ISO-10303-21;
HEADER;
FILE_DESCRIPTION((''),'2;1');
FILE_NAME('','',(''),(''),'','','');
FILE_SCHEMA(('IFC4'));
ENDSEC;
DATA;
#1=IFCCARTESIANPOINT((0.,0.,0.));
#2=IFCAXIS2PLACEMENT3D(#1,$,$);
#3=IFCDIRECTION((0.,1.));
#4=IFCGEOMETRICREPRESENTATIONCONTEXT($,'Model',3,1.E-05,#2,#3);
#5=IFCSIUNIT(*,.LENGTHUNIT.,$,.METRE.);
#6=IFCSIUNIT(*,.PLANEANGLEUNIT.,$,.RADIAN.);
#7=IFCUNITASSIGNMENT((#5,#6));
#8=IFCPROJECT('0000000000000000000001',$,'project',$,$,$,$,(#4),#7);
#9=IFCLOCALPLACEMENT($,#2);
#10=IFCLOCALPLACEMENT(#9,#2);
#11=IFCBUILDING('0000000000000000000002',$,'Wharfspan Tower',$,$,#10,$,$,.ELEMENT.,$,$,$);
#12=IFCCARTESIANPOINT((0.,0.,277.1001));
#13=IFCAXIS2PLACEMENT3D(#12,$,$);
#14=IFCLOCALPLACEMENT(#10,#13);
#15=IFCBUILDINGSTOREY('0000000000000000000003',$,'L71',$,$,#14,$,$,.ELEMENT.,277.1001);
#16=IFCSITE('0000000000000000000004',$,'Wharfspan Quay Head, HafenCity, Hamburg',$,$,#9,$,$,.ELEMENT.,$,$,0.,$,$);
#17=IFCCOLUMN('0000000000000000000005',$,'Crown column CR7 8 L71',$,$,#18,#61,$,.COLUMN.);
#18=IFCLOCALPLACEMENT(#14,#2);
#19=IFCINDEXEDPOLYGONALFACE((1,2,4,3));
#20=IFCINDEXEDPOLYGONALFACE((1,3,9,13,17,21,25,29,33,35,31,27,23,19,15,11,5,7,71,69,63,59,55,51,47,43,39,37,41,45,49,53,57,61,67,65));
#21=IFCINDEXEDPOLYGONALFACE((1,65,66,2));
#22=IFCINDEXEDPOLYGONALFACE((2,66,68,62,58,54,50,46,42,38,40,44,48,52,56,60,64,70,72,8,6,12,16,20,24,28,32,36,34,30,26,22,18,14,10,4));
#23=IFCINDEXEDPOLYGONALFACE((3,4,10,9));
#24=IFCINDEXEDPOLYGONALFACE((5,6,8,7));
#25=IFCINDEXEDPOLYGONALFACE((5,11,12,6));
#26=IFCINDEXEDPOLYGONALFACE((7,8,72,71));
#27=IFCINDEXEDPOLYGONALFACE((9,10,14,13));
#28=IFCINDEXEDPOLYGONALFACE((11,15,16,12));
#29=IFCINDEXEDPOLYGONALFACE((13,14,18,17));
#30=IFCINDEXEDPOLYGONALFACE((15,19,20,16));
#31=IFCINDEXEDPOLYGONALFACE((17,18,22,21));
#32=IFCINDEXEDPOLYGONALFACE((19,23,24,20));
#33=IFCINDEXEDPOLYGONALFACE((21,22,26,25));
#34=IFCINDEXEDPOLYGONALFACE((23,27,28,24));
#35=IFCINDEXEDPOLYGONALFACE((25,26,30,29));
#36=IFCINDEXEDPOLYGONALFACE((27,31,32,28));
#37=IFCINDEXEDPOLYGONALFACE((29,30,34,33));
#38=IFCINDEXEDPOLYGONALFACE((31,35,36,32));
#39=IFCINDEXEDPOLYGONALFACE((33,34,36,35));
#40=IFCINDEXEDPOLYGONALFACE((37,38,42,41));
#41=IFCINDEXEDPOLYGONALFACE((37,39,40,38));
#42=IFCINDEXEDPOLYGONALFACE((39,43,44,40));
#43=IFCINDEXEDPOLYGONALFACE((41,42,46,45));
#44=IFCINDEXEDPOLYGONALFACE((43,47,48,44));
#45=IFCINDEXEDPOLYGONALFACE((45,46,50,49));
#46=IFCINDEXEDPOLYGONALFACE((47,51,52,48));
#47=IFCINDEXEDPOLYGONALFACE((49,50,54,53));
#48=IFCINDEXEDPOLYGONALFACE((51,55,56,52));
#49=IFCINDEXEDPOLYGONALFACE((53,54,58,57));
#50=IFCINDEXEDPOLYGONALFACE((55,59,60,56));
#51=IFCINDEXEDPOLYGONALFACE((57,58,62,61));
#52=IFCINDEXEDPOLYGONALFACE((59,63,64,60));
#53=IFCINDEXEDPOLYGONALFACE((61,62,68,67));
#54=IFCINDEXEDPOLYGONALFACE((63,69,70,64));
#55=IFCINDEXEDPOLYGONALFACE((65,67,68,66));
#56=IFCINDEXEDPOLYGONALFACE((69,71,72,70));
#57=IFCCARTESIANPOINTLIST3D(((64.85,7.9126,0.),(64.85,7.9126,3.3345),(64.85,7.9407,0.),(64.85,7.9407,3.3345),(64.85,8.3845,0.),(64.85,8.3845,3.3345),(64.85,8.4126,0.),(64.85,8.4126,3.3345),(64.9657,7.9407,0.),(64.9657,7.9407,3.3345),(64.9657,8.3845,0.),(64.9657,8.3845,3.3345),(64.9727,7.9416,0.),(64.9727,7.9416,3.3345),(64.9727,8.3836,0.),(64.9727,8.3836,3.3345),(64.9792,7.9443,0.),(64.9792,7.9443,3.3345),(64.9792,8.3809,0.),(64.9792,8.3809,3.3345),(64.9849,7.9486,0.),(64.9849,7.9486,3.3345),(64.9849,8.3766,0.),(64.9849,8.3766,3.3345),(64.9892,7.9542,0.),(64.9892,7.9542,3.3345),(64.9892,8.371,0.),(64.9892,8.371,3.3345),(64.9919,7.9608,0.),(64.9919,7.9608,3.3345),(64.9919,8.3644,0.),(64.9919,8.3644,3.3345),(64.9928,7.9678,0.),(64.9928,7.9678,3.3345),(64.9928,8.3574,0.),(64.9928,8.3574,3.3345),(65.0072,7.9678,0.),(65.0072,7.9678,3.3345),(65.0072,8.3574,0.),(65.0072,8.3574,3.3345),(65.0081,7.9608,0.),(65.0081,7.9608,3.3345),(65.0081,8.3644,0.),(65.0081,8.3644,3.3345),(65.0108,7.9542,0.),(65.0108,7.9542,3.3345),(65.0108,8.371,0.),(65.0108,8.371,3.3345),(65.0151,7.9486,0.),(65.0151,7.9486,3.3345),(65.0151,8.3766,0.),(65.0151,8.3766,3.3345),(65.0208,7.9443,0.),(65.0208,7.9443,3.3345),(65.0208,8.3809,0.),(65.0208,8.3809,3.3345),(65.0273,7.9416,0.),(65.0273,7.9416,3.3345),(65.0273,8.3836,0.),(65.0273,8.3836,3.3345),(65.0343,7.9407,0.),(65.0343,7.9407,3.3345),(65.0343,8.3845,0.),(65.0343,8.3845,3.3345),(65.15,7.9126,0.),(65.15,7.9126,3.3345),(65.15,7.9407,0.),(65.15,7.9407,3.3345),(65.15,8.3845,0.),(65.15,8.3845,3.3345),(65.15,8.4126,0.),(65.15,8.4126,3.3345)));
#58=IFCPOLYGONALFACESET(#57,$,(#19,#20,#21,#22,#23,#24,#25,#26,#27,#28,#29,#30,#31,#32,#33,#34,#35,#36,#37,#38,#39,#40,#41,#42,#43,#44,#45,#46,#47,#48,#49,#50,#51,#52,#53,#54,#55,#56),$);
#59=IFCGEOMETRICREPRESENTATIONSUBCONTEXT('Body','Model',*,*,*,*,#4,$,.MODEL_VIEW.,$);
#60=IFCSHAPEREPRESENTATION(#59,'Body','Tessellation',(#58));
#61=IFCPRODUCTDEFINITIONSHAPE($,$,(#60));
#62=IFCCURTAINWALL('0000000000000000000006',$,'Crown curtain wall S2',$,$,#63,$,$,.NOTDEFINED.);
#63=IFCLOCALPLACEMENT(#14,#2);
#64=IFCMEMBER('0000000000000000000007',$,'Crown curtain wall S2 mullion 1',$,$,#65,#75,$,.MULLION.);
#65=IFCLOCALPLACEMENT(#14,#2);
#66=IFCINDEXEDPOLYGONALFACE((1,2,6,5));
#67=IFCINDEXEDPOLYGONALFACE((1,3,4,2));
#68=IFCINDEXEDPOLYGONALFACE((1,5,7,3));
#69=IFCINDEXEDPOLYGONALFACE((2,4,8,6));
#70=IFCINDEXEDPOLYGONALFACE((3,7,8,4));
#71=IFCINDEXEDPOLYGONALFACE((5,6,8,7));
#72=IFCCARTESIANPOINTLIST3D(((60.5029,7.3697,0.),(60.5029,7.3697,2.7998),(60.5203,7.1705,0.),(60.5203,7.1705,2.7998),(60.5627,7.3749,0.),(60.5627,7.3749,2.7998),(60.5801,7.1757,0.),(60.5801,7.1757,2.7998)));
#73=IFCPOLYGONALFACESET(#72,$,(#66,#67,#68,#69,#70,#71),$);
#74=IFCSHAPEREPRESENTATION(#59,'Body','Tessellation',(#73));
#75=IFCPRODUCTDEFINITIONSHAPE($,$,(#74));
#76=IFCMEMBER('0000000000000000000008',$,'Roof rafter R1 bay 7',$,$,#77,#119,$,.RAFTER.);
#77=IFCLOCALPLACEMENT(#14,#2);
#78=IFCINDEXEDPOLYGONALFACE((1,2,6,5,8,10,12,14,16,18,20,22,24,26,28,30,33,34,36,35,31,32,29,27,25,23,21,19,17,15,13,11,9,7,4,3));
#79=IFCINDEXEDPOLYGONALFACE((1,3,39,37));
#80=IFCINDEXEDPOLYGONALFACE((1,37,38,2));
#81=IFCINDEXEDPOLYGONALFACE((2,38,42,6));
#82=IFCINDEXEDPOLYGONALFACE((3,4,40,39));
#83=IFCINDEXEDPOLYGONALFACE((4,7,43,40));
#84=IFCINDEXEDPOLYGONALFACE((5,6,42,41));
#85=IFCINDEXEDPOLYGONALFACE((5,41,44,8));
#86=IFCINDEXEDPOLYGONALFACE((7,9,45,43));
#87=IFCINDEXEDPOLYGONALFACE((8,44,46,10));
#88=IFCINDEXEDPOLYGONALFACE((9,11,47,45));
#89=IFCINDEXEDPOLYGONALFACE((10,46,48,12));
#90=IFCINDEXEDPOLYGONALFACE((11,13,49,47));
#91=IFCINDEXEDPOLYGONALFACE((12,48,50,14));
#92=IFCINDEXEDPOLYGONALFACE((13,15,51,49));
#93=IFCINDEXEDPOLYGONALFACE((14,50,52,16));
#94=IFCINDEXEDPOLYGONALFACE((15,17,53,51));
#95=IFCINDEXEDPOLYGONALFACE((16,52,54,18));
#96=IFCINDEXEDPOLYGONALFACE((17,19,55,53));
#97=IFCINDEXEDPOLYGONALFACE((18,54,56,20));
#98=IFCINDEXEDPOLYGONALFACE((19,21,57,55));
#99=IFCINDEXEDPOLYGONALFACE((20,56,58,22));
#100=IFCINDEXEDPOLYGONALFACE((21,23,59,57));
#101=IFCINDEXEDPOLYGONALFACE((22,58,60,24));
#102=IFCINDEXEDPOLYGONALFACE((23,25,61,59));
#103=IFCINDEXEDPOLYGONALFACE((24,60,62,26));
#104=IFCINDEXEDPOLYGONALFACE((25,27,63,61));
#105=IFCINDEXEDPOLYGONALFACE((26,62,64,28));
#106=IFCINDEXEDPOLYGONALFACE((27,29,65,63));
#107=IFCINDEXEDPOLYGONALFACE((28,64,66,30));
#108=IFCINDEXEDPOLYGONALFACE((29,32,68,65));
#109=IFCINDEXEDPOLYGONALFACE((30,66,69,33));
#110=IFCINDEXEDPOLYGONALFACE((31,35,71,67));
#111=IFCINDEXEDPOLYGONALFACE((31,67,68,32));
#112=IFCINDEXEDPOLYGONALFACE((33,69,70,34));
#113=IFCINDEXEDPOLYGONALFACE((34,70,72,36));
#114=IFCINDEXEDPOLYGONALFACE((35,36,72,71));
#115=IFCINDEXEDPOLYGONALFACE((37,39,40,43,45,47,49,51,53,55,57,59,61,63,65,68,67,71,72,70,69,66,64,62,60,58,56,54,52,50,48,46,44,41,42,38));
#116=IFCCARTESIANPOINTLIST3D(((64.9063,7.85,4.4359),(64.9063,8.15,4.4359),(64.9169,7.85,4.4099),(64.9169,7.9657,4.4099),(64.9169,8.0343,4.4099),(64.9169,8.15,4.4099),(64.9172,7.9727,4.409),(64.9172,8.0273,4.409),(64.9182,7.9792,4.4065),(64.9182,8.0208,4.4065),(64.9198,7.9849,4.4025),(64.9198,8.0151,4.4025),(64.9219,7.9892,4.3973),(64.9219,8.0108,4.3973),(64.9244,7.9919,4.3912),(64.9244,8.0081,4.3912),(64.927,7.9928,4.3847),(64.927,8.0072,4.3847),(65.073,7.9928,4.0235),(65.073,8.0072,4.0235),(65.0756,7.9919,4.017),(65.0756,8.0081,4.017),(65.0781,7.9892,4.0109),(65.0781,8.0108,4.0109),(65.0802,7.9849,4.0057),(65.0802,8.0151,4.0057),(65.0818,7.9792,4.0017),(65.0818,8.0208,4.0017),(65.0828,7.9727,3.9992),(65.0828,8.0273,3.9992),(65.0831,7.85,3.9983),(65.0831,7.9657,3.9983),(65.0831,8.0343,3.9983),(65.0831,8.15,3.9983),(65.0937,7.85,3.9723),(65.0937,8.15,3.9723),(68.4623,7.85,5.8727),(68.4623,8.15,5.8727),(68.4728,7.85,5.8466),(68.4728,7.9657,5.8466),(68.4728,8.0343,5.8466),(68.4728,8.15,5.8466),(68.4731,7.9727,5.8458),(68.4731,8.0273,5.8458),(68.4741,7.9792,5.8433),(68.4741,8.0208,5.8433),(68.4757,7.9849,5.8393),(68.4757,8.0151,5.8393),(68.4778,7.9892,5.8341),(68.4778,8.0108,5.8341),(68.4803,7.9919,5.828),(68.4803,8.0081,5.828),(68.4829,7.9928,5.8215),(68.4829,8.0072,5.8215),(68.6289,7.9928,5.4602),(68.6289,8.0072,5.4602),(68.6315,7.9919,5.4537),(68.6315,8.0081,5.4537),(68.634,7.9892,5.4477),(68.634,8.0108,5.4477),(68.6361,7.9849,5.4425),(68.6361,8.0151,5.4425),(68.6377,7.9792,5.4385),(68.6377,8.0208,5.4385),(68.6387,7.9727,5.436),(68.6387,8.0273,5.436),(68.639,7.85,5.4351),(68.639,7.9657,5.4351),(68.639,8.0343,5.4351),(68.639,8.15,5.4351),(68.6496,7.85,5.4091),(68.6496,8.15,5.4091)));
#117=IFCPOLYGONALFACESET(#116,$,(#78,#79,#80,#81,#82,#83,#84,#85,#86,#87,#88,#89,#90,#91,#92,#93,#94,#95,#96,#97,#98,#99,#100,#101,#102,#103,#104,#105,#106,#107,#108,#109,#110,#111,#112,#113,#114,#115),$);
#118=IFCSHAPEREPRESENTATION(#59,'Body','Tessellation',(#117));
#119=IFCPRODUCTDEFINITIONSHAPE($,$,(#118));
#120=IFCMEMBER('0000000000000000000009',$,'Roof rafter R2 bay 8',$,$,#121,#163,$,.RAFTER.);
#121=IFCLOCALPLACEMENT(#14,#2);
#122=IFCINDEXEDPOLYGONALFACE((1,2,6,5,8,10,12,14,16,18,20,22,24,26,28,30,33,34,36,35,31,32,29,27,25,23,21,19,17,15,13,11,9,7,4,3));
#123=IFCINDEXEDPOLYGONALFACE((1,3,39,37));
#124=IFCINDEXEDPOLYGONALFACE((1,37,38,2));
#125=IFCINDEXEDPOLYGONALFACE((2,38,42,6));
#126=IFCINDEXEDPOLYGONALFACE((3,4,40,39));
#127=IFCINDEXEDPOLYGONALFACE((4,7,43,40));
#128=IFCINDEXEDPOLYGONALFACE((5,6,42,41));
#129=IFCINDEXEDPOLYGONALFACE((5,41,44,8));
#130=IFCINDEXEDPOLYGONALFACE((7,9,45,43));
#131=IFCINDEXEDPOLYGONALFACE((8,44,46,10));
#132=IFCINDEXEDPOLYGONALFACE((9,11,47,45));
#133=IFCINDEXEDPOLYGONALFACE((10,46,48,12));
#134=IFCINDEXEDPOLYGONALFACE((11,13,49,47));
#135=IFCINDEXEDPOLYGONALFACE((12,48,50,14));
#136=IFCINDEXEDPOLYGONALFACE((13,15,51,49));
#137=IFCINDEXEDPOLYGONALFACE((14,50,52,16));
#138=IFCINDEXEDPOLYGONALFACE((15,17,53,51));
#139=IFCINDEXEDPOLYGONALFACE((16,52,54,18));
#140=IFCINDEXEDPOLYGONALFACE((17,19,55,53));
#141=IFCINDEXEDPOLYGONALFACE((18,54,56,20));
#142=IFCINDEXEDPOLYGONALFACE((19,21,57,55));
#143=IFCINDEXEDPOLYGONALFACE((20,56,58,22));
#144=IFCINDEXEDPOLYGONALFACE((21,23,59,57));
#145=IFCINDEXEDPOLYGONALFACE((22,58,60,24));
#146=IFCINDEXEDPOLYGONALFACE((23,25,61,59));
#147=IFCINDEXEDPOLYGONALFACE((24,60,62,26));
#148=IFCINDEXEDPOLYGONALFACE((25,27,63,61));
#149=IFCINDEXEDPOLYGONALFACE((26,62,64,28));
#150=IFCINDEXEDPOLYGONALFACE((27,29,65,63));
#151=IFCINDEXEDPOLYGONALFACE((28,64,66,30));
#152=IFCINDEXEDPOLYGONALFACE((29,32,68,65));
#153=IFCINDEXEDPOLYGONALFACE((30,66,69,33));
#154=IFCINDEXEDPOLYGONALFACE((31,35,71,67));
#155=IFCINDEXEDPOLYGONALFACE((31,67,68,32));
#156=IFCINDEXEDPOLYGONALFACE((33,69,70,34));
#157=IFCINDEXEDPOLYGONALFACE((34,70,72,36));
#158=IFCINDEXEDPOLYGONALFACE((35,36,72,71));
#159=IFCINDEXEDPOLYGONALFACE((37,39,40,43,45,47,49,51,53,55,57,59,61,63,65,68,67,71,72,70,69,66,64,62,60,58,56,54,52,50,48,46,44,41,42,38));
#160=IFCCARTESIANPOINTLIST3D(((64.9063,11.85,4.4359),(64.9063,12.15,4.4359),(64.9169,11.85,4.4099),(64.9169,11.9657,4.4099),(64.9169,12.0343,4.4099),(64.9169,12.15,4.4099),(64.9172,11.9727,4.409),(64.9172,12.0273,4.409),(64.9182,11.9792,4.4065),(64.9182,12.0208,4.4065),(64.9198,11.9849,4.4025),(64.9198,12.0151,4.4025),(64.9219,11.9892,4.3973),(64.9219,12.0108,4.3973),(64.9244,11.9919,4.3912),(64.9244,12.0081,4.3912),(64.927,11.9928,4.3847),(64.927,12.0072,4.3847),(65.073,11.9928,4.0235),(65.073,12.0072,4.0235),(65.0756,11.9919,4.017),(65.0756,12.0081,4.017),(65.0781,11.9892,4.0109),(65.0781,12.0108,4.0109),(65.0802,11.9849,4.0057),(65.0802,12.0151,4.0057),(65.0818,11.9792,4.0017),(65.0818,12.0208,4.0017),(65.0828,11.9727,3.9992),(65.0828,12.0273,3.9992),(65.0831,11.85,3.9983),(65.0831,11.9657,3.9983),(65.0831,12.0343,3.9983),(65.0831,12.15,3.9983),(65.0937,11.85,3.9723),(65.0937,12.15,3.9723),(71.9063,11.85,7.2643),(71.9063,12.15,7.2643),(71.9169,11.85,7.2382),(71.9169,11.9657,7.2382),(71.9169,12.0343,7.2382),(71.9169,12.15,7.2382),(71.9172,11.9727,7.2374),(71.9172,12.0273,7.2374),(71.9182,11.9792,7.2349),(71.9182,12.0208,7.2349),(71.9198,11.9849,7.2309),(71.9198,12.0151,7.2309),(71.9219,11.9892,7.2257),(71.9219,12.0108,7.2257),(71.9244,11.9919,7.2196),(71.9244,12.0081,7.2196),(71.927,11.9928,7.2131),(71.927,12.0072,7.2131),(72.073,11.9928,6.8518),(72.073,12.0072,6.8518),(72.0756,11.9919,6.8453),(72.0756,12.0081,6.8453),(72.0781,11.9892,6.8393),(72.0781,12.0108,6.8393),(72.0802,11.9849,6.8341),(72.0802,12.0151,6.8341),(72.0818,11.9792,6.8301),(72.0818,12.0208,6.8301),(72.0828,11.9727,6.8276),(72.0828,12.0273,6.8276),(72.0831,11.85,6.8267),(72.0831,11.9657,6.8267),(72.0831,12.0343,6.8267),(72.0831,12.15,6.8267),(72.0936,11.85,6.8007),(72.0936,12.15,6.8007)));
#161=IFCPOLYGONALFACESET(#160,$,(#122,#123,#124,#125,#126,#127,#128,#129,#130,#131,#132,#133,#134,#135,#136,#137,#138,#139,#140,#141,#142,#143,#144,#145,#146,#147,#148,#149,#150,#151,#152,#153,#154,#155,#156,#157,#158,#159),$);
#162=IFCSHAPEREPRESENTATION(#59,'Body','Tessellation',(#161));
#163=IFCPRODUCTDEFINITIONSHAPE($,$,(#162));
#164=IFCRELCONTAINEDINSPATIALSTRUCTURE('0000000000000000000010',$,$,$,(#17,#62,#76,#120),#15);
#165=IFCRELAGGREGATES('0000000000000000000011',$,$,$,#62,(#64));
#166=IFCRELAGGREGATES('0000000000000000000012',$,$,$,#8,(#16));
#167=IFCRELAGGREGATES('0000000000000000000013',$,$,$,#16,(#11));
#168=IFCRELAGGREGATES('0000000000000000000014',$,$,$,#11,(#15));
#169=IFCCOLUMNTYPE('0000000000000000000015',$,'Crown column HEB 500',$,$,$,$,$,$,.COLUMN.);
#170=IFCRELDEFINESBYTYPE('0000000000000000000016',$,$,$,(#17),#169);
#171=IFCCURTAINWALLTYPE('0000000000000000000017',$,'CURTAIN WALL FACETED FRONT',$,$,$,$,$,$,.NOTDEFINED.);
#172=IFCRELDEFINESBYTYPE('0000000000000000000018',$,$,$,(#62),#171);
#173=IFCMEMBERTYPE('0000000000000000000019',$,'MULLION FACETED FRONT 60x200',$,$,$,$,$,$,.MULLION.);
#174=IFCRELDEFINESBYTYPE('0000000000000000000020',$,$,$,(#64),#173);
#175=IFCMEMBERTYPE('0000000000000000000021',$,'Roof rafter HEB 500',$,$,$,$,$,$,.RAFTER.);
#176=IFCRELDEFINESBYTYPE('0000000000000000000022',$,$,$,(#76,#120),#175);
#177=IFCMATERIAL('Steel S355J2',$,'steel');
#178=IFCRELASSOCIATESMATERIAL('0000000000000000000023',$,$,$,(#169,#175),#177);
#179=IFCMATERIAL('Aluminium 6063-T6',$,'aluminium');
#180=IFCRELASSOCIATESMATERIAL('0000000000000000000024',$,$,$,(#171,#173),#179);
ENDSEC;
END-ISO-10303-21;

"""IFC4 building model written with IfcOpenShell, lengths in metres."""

from ifc_helpers import new_model, si_unit, direction, frame, origin, origin_2d, place, context, subcontext, project, spatial, rectangle, i_section, extrude, material, material_profile, profile_set, type_object, element, aggregate, save


model = new_model("IFC4")

# Units and contexts
model_context = context("Model", 3, precision=1e-05, world=origin(), true_north=direction((0.0, 1.0)))
body_context = subcontext(model_context, "Body", "Model", "MODEL_VIEW")
ifc_project = project(units=[si_unit("LENGTHUNIT", "METRE"), si_unit("PLANEANGLEUNIT", "RADIAN")], contexts=[model_context])

# Site, building, storey
site_placement = place(None, origin())
site = spatial("IfcSite", under=ifc_project, at=site_placement, Name="Wharfspan Quay Head, HafenCity, Hamburg", CompositionType="ELEMENT", RefElevation=0.0)
building_placement = place(site_placement, origin())
building = spatial("IfcBuilding", under=site, at=building_placement, Name="Wharfspan Tower", CompositionType="ELEMENT")
storey_placement = place(building_placement, frame((0.0, 0.0, 277.1001)))
storey = spatial("IfcBuildingStorey", under=building, at=storey_placement, Name="L71", CompositionType="ELEMENT", Elevation=277.1001)

# Column
ifc_material_1 = material(Name="Steel S355J2", Category="steel")
ifc_material_profile_1 = material_profile(ifc_material_1, i_section(OverallWidth=0.3, OverallDepth=0.5, WebThickness=0.0144, FlangeThickness=0.0281, FilletRadius=0.0271, at=origin_2d()))
ifc_profile_set_1 = profile_set([ifc_material_profile_1], Name="Steel S355J2")
column_type = type_object("IfcColumnType", Name="Crown column HEB 500", PredefinedType="COLUMN", material=ifc_profile_set_1)
column_placement = place(storey_placement, frame((65.0, 8.1626, 0.0), z_axis=(0.0, 0.0, 1.0), x_axis=(1.0, 0.0, 0.0)))
element("IfcColumn", 1, at=column_placement, inside=storey, type_object=column_type, Name="Crown column CR7 8 L71", PredefinedType="COLUMN", context=body_context, shape_type="SweptSolid", body=[
    extrude(i_section(OverallWidth=0.3, OverallDepth=0.5, WebThickness=0.0144, FlangeThickness=0.0281, FilletRadius=0.0271, at=origin_2d()), origin(), (0.0, 0.0, 1.0), 3.3345),
])

# Curtain wall, member
ifc_material_2 = material(Name="Aluminium 6063-T6", Category="aluminium")
curtain_wall_type_1 = type_object("IfcCurtainWallType", Name="CURTAIN WALL FACETED FRONT", PredefinedType="NOTDEFINED", material=ifc_material_2)
curtain_wall_1_placement = place(storey_placement, origin())
curtain_wall_1 = element("IfcCurtainWall", 2, at=curtain_wall_1_placement, inside=storey, type_object=curtain_wall_type_1, Name="Crown curtain wall S2", PredefinedType="NOTDEFINED")
ifc_material_profile_2 = material_profile(ifc_material_2, rectangle(XDim=0.2, YDim=0.0601, at=origin_2d()))
ifc_profile_set_2 = profile_set([ifc_material_profile_2], Name="Aluminium 6063-T6")
member_type_1 = type_object("IfcMemberType", Name="MULLION FACETED FRONT 60x200", PredefinedType="MULLION", material=ifc_profile_set_2)
member_1_placement = place(storey_placement, frame((60.5415, 7.2727, 0.0), z_axis=(0.0, 0.0, 1.0), x_axis=(-0.087156, 0.996198, 0.0)))
member_1 = element("IfcMember", 3, at=member_1_placement, type_object=member_type_1, Name="Crown curtain wall S2 mullion 1", PredefinedType="MULLION", context=body_context, shape_type="SweptSolid", body=[
    extrude(rectangle(XDim=0.2, YDim=0.0601, at=origin_2d()), origin(), (0.0, 0.0, 1.0), 2.7998),
])

# Members
ifc_material_profile_3 = material_profile(ifc_material_1, i_section(OverallWidth=0.3, OverallDepth=0.5, WebThickness=0.0144, FlangeThickness=0.0281, FilletRadius=0.0271, at=origin_2d()))
ifc_profile_set_3 = profile_set([ifc_material_profile_3], Name="Steel S355J2")
member_type_2 = type_object("IfcMemberType", Name="Roof rafter HEB 500", PredefinedType="RAFTER", material=ifc_profile_set_3)
member_2_placement = place(storey_placement, frame((65.0, 8.0, 4.2041), z_axis=(0.927176, 0.0, 0.374626), x_axis=(0.0, 1.0, 0.0)))
element("IfcMember", 4, at=member_2_placement, inside=storey, type_object=member_type_2, Name="Roof rafter R1 bay 7", PredefinedType="RAFTER", context=body_context, shape_type="SweptSolid", body=[
    extrude(i_section(OverallWidth=0.3, OverallDepth=0.5, WebThickness=0.0144, FlangeThickness=0.0281, FilletRadius=0.0271, at=origin_2d()), origin(), (0.0, 0.0, 1.0), 3.8352),
])
for number, where, z_axis, x_axis, name in (
    (5, (65.0, 12.0, 4.2041), (0.927175, 0.0, 0.374628), (0.0, 1.0, 0.0), "Roof rafter R2 bay 8"),
):
    element("IfcMember", number, at=place(storey_placement, frame(where, z_axis=z_axis, x_axis=x_axis)), inside=storey, type_object=member_type_2, Name=name, PredefinedType="RAFTER", context=body_context, shape_type="SweptSolid", body=[
        extrude(i_section(OverallWidth=0.3, OverallDepth=0.5, WebThickness=0.0144, FlangeThickness=0.0281, FilletRadius=0.0271, at=origin_2d()), origin(), (0.0, 0.0, 1.0), 7.5498),
    ])

aggregate(curtain_wall_1, [member_1])

save(model, "model.ifc")
